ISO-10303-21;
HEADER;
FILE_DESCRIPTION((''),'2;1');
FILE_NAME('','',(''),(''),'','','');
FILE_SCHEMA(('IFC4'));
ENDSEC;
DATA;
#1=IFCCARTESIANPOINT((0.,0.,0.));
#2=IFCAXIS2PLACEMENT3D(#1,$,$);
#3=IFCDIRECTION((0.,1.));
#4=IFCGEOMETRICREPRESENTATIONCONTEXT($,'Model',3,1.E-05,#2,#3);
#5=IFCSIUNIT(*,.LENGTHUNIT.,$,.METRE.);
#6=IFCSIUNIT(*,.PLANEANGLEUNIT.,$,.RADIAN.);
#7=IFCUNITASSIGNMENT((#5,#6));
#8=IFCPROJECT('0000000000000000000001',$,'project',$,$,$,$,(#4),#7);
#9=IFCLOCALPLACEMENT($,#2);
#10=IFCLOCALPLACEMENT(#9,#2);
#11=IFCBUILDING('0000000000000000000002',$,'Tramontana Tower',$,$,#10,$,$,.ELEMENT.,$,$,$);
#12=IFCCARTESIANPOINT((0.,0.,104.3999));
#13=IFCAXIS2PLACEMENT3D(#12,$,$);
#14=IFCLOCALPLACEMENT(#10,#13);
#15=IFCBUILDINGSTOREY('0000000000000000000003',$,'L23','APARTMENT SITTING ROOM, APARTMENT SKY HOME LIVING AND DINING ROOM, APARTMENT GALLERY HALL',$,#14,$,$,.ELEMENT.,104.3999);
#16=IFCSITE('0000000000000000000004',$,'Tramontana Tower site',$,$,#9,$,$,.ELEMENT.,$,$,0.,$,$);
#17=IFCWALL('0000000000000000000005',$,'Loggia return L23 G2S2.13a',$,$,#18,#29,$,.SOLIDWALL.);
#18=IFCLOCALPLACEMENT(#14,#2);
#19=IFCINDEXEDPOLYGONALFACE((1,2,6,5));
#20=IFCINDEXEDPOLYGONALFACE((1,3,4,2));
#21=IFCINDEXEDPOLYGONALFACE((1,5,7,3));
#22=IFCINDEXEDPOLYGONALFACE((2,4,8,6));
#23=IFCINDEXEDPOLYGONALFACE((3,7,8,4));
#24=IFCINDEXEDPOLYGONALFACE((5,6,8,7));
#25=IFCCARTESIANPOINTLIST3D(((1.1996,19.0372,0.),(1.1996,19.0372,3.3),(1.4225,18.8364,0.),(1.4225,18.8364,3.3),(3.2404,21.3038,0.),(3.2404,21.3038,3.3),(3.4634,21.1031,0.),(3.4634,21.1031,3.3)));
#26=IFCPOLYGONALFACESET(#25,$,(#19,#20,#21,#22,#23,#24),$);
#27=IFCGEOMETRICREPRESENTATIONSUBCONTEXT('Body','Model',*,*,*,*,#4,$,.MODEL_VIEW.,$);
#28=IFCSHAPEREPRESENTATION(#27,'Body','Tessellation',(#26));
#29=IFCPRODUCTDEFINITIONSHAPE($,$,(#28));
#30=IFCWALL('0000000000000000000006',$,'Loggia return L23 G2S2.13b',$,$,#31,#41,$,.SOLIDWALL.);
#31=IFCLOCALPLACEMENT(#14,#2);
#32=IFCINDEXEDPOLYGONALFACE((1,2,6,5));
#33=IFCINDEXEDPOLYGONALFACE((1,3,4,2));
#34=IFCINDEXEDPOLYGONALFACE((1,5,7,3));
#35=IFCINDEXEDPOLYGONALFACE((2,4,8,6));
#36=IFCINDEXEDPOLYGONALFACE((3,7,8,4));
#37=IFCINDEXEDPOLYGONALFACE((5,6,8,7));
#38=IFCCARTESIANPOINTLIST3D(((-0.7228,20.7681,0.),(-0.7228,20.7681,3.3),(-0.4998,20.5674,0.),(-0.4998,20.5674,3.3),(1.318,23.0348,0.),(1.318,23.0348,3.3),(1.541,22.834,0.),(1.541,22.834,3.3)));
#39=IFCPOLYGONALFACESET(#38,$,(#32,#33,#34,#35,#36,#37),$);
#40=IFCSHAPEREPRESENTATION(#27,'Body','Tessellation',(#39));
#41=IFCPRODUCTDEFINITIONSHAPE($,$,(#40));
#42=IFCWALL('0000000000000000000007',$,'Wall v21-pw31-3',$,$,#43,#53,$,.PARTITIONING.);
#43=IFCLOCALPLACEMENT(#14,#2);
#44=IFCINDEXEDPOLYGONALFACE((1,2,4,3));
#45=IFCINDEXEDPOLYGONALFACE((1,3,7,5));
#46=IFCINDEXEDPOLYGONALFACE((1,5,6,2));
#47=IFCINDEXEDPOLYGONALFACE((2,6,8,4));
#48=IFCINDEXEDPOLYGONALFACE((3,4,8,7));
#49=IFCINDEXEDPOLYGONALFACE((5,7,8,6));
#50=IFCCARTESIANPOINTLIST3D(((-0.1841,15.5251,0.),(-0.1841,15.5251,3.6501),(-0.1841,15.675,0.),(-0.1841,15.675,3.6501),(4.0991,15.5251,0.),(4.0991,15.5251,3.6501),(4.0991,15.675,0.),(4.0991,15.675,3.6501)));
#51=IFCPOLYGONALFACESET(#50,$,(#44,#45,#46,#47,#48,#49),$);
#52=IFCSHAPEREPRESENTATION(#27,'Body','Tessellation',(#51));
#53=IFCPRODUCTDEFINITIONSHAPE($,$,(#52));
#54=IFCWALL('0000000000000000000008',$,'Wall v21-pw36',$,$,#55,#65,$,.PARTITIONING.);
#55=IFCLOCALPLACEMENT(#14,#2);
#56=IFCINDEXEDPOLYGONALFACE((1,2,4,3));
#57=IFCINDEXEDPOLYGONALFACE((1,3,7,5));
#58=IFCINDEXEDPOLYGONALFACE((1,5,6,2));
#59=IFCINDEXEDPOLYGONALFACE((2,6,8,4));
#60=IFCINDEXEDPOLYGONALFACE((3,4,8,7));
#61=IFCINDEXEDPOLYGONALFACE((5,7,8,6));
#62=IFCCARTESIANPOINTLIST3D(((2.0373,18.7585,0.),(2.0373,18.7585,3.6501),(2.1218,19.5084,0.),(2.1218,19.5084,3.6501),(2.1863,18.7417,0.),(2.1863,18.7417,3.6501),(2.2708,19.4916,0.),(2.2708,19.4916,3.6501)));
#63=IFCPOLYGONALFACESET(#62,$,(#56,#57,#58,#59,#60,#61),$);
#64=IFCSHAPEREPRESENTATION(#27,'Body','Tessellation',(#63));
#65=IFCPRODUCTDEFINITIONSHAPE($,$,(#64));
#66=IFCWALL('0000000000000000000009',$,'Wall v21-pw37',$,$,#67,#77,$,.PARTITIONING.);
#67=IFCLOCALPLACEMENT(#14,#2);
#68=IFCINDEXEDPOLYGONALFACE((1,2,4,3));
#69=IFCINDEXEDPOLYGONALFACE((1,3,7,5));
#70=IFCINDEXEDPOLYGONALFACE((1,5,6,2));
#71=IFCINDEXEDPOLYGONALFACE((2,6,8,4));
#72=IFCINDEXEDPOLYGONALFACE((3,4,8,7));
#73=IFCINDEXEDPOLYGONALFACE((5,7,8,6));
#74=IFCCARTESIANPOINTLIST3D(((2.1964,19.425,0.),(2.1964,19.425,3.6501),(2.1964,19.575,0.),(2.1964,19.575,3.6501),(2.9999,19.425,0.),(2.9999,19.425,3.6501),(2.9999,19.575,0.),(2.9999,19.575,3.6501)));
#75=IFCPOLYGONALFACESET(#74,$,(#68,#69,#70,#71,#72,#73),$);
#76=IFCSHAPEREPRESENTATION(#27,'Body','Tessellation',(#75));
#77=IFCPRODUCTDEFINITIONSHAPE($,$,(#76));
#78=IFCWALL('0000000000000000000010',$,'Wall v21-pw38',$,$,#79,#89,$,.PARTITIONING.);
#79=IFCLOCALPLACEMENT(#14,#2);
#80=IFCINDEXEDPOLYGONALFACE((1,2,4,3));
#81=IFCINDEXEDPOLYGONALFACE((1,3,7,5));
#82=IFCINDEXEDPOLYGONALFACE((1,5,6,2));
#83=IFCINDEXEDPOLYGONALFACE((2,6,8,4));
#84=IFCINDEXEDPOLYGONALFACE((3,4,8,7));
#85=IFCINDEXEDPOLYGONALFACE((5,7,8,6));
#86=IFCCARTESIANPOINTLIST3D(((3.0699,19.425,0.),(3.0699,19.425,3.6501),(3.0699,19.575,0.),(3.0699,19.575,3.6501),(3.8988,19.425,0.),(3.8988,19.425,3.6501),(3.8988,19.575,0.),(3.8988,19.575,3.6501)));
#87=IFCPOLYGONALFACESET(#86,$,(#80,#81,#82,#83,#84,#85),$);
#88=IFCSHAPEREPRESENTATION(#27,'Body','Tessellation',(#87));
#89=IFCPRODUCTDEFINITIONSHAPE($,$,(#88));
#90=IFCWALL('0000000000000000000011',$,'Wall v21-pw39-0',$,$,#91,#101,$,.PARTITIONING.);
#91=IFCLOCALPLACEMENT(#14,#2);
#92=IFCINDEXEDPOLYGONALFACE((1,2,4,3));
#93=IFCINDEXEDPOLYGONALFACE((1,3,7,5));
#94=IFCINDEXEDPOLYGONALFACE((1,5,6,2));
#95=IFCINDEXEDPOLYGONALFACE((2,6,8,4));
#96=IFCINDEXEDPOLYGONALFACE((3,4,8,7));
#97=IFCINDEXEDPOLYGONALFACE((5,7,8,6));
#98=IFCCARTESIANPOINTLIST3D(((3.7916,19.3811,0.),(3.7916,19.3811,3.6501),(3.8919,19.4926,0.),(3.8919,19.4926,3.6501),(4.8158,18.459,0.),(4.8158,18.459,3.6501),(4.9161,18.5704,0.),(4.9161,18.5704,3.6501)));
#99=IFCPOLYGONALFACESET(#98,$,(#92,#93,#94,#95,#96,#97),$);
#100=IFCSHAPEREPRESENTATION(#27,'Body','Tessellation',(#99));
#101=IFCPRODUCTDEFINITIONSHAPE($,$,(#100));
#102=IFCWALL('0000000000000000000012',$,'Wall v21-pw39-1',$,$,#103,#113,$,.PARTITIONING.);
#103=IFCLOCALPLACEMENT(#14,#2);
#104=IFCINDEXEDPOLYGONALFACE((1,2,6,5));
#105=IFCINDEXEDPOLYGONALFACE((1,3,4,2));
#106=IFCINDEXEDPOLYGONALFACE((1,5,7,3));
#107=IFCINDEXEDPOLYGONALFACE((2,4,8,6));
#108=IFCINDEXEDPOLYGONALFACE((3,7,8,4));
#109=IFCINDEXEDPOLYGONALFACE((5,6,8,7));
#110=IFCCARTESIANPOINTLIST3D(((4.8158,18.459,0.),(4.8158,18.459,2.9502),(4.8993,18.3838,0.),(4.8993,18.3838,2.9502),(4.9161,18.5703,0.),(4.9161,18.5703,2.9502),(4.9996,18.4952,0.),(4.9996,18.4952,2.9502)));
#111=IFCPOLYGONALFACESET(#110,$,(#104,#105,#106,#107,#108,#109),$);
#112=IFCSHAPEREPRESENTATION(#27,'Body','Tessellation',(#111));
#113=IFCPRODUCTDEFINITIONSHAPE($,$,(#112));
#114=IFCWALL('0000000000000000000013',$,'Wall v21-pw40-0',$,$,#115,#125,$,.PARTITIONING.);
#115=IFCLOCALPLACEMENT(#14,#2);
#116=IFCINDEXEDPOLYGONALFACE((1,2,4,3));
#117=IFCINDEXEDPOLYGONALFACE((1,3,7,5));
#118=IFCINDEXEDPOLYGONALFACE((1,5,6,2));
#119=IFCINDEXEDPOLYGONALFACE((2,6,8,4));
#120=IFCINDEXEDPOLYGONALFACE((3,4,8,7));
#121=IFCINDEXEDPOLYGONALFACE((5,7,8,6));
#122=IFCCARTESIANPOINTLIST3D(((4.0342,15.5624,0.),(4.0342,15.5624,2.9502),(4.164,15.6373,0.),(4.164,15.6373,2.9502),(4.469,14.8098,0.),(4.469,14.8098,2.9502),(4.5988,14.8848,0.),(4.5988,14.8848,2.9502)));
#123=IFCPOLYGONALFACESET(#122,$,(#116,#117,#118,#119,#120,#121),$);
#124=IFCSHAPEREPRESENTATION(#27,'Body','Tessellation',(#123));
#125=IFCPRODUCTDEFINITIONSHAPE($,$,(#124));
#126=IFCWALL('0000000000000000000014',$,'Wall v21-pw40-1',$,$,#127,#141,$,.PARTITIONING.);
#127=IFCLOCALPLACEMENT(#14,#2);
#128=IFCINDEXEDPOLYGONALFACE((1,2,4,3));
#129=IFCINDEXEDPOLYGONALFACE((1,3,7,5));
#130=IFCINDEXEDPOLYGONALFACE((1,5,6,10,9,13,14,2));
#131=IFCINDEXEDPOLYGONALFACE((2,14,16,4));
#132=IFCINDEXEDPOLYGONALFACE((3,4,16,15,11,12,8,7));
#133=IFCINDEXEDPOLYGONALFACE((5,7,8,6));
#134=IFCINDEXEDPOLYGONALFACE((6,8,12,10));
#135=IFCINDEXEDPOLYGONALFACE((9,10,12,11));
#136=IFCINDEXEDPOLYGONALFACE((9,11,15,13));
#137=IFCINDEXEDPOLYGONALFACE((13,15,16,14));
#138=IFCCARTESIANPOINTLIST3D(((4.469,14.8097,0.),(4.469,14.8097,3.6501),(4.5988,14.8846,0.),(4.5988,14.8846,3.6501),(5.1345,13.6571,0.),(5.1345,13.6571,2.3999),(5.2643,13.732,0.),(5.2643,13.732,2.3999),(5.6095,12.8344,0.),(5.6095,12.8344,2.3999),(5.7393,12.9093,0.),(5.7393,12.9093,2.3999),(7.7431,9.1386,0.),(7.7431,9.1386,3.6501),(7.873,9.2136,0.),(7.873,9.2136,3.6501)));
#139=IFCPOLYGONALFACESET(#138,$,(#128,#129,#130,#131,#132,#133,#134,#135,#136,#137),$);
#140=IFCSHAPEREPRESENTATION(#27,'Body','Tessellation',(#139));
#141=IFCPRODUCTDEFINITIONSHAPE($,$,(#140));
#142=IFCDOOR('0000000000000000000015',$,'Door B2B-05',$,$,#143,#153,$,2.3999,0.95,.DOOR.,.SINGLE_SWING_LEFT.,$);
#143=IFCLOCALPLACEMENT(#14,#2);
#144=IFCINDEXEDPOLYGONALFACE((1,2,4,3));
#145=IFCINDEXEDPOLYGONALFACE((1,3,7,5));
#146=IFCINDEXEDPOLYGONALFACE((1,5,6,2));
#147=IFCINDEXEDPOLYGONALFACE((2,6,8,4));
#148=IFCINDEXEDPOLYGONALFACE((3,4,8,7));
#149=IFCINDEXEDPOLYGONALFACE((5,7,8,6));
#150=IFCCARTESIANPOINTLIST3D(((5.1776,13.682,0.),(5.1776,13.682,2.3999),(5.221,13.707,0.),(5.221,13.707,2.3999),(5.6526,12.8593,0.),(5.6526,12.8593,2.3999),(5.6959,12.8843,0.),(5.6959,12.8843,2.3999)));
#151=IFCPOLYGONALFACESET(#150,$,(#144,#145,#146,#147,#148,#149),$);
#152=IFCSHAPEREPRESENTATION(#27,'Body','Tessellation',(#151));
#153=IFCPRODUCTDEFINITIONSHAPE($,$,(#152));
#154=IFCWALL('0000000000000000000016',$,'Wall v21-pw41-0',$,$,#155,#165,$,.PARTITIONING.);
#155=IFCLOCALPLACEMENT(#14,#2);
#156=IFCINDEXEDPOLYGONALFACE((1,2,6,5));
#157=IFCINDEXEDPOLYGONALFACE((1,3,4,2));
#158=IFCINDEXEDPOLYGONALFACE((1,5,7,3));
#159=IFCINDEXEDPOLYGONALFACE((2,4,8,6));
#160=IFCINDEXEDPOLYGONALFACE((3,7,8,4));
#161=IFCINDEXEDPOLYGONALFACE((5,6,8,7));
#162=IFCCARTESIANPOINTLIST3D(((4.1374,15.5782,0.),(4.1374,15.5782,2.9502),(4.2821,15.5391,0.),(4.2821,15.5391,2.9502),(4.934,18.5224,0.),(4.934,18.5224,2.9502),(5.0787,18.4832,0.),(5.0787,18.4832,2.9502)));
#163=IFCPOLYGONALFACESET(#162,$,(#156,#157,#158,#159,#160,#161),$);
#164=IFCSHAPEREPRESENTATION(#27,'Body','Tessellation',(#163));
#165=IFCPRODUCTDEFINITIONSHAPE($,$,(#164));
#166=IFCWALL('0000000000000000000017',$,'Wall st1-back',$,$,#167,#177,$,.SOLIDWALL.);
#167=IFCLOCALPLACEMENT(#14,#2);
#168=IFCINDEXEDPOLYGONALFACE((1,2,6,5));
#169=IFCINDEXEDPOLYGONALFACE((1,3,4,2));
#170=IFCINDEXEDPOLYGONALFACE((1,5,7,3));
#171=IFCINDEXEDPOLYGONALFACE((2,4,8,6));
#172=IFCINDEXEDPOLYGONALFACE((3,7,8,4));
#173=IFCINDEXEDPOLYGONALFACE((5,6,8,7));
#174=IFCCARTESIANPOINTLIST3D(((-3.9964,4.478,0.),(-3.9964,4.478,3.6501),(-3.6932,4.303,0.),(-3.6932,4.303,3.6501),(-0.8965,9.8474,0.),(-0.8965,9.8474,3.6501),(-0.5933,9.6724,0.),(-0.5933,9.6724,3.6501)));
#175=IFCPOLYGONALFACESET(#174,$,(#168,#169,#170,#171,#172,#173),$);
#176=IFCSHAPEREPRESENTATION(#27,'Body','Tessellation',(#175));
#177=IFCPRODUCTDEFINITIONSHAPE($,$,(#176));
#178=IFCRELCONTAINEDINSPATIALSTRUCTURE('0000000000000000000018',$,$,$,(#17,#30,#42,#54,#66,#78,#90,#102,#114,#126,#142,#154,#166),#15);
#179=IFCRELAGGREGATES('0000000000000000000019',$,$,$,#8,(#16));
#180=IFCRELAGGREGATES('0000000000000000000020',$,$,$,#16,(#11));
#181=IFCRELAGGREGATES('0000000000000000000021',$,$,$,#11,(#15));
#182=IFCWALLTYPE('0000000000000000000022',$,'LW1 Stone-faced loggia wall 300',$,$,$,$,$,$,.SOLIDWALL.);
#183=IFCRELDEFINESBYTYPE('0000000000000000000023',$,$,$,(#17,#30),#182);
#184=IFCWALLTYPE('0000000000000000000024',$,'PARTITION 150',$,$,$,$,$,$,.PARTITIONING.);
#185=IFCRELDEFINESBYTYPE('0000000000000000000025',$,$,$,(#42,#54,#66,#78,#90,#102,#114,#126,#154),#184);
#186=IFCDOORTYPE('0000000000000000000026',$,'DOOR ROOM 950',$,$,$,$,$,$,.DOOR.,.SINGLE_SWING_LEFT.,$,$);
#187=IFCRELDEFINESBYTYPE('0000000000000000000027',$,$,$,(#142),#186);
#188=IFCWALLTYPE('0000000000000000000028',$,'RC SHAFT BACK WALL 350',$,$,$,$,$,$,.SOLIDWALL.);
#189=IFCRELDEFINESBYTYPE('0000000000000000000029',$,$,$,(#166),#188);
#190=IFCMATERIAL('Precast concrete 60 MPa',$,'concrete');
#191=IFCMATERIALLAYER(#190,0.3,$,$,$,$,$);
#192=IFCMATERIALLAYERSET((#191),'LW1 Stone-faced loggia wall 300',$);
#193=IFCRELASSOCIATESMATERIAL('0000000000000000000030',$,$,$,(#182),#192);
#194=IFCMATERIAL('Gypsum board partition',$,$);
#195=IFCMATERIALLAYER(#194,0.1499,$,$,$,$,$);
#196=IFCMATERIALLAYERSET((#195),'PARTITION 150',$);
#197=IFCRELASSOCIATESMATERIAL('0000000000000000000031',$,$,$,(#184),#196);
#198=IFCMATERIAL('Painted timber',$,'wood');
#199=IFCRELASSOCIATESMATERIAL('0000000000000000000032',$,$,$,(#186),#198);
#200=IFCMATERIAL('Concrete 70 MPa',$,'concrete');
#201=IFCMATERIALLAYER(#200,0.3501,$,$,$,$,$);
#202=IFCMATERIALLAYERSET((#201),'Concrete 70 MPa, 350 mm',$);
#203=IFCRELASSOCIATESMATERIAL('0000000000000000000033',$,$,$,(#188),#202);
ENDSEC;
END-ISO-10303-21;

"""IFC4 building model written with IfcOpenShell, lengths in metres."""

from ifc_helpers import new_model, si_unit, direction, frame, frame_2d, origin, place, context, subcontext, project, spatial, rectangle, extrude, material, layer, layer_set, type_object, element, fill, save


model = new_model("IFC4")

# Units and contexts
model_context = context("Model", 3, precision=1e-05, world=origin(), true_north=direction((0.0, 1.0)))
body_context = subcontext(model_context, "Body", "Model", "MODEL_VIEW")
ifc_project = project(units=[si_unit("LENGTHUNIT", "METRE"), si_unit("PLANEANGLEUNIT", "RADIAN")], contexts=[model_context])

# Site, building, storey
site_placement = place(None, origin())
site = spatial("IfcSite", under=ifc_project, at=site_placement, Name="Tramontana Tower site", CompositionType="ELEMENT", RefElevation=0.0)
building_placement = place(site_placement, origin())
building = spatial("IfcBuilding", under=site, at=building_placement, Name="Tramontana Tower", CompositionType="ELEMENT")
storey_placement = place(building_placement, frame((0.0, 0.0, 104.3999)))
storey = spatial("IfcBuildingStorey", under=building, at=storey_placement, Name="L23", Description="APARTMENT SITTING ROOM, APARTMENT SKY HOME LIVING AND DINING ROOM, APARTMENT GALLERY HALL", CompositionType="ELEMENT", Elevation=104.3999)

# Shared definitions
ifc_material_1 = material(Name="Precast concrete 60 MPa", Category="concrete")
ifc_layer_1 = layer(ifc_material_1, 0.3)
ifc_layer_set_1 = layer_set([ifc_layer_1], Name="LW1 Stone-faced loggia wall 300")
wall_type_1 = type_object("IfcWallType", Name="LW1 Stone-faced loggia wall 300", PredefinedType="SOLIDWALL", material=ifc_layer_set_1)

# Walls
for number, where, z_axis, x_axis, name in (
    (1, (3.3518, 21.2034, 0.0), (0.0, 0.0, 1.0), (-0.669115, -0.743159, 0.0), "Loggia return L23 G2S2.13a"),
    (2, (1.4294, 22.9343, 0.0), (0.0, 0.0, 1.0), (-0.669115, -0.743159, 0.0), "Loggia return L23 G2S2.13b"),
):
    element("IfcWall", number, at=place(storey_placement, frame(where, z_axis=z_axis, x_axis=x_axis)), inside=storey, type_object=wall_type_1, Name=name, PredefinedType="SOLIDWALL", context=body_context, shape_type="SweptSolid", body=[
        extrude(rectangle(XDim=3.05, YDim=0.3, at=frame_2d((1.5249, 0.0))), origin(), (0.0, 0.0, 1.0), 3.3),
    ])
ifc_material_2 = material(Name="Gypsum board partition")
ifc_layer_2 = layer(ifc_material_2, 0.1499)
ifc_layer_set_2 = layer_set([ifc_layer_2], Name="PARTITION 150")
wall_type_2 = type_object("IfcWallType", Name="PARTITION 150", PredefinedType="PARTITIONING", material=ifc_layer_set_2)
wall_1_placement = place(storey_placement, frame((-0.1841, 15.6001, 0.0), z_axis=(0.0, 0.0, 1.0), x_axis=(1.0, 0.0, 0.0)))
element("IfcWall", 3, at=wall_1_placement, inside=storey, type_object=wall_type_2, Name="Wall v21-pw31-3", PredefinedType="PARTITIONING", context=body_context, shape_type="SweptSolid", body=[
    extrude(rectangle(XDim=4.2832, YDim=0.1499, at=frame_2d((2.1416, 0.0))), origin(), (0.0, 0.0, 1.0), 3.6501),
])

# Walls
wall_2_placement = place(storey_placement, frame((2.1118, 18.75, 0.0), z_axis=(0.0, 0.0, 1.0), x_axis=(0.111923, 0.993717, 0.0)))
element("IfcWall", 4, at=wall_2_placement, inside=storey, type_object=wall_type_2, Name="Wall v21-pw36", PredefinedType="PARTITIONING", context=body_context, shape_type="SweptSolid", body=[
    extrude(rectangle(XDim=0.7546, YDim=0.1499, at=frame_2d((0.3774, 0.0))), origin(), (0.0, 0.0, 1.0), 3.6501),
])
wall_3_placement = place(storey_placement, frame((2.1963, 19.5, 0.0), z_axis=(0.0, 0.0, 1.0), x_axis=(1.0, 0.0, 0.0)))
element("IfcWall", 5, at=wall_3_placement, inside=storey, type_object=wall_type_2, Name="Wall v21-pw37", PredefinedType="PARTITIONING", context=body_context, shape_type="SweptSolid", body=[
    extrude(rectangle(XDim=0.8035, YDim=0.1499, at=frame_2d((0.4019, 0.0))), origin(), (0.0, 0.0, 1.0), 3.6501),
])
wall_4_placement = place(storey_placement, frame((3.0698, 19.5, 0.0), z_axis=(0.0, 0.0, 1.0), x_axis=(1.0, 0.0, 0.0)))
element("IfcWall", 6, at=wall_4_placement, inside=storey, type_object=wall_type_2, Name="Wall v21-pw38", PredefinedType="PARTITIONING", context=body_context, shape_type="SweptSolid", body=[
    extrude(rectangle(XDim=0.8289, YDim=0.1499, at=frame_2d((0.4146, 0.0))), origin(), (0.0, 0.0, 1.0), 3.6501),
])
wall_5_placement = place(storey_placement, frame((3.8418, 19.4368, 0.0), z_axis=(0.0, 0.0, 1.0), x_axis=(0.743162, -0.669112, 0.0)))
element("IfcWall", 7, at=wall_5_placement, inside=storey, type_object=wall_type_2, Name="Wall v21-pw39-0", PredefinedType="PARTITIONING", context=body_context, shape_type="SweptSolid", body=[
    extrude(rectangle(XDim=1.3782, YDim=0.1499, at=frame_2d((0.689, 0.0))), origin(), (0.0, 0.0, 1.0), 3.6501),
])
wall_6_placement = place(storey_placement, frame((4.866, 18.5146, 0.0), z_axis=(0.0, 0.0, 1.0), x_axis=(0.743078, -0.669205, 0.0)))
element("IfcWall", 8, at=wall_6_placement, inside=storey, type_object=wall_type_2, Name="Wall v21-pw39-1", PredefinedType="PARTITIONING", context=body_context, shape_type="SweptSolid", body=[
    extrude(rectangle(XDim=0.1123, YDim=0.1499, at=frame_2d((0.0562, 0.0))), origin(), (0.0, 0.0, 1.0), 2.9502),
])
wall_7_placement = place(storey_placement, frame((4.0991, 15.5999, 0.0), z_axis=(0.0, 0.0, 1.0), x_axis=(0.500217, -0.8659, 0.0)))
element("IfcWall", 9, at=wall_7_placement, inside=storey, type_object=wall_type_2, Name="Wall v21-pw40-0", PredefinedType="PARTITIONING", context=body_context, shape_type="SweptSolid", body=[
    extrude(rectangle(XDim=0.8691, YDim=0.1499, at=frame_2d((0.4346, 0.0))), origin(), (0.0, 0.0, 1.0), 2.9502),
])

# Wall, opening, door
wall_8_placement = place(storey_placement, frame((4.5339, 14.8472, 0.0), z_axis=(0.0, 0.0, 1.0), x_axis=(0.499992, -0.86603, 0.0)))
wall_8 = element("IfcWall", 10, at=wall_8_placement, inside=storey, type_object=wall_type_2, Name="Wall v21-pw40-1", PredefinedType="PARTITIONING", context=body_context, shape_type="SweptSolid", body=[
    extrude(rectangle(XDim=6.5483, YDim=0.1499, at=frame_2d((3.2742, 0.0))), origin(), (0.0, 0.0, 1.0), 3.6501),
])
opening_1_placement = place(wall_8_placement, frame((1.3308, 0.0, 0.0)))
opening_1 = element("IfcOpeningElement", 11, at=opening_1_placement, cuts=wall_8, PredefinedType="OPENING", context=body_context, shape_type="SweptSolid", body=[
    extrude(rectangle(XDim=0.95, YDim=2.3999, at=frame_2d((0.4751, 1.2))), frame((0.0, 0.085, 0.0), z_axis=(0.0, -1.0, 0.0), x_axis=(1.0, 0.0, 0.0)), (0.0, 0.0, 1.0), 0.1699),
])
ifc_material_3 = material(Name="Painted timber", Category="wood")
door_type_1 = type_object("IfcDoorType", Name="DOOR ROOM 950", OperationType="SINGLE_SWING_LEFT", PredefinedType="DOOR", material=ifc_material_3)
door_1_placement = place(opening_1_placement, origin())
door_1 = element("IfcDoor", 12, at=door_1_placement, inside=storey, type_object=door_type_1, Name="Door B2B-05", OperationType="SINGLE_SWING_LEFT", OverallHeight=2.3999, OverallWidth=0.95, PredefinedType="DOOR", context=body_context, shape_type="SweptSolid", body=[
    extrude(rectangle(XDim=0.95, YDim=2.3999, at=frame_2d((0.4751, 1.2))), frame((0.0, 0.0249, 0.0), z_axis=(0.0, -1.0, 0.0), x_axis=(1.0, 0.0, 0.0)), (0.0, 0.0, 1.0), 0.05),
])
fill(opening_1, door_1)

# Walls
wall_9_placement = place(storey_placement, frame((5.0063, 18.5027, 0.0), z_axis=(0.0, 0.0, 1.0), x_axis=(-0.261193, -0.965287, 0.0)))
element("IfcWall", 13, at=wall_9_placement, inside=storey, type_object=wall_type_2, Name="Wall v21-pw41-0", PredefinedType="PARTITIONING", context=body_context, shape_type="SweptSolid", body=[
    extrude(rectangle(XDim=3.05, YDim=0.1499, at=frame_2d((1.5249, 0.0))), origin(), (0.0, 0.0, 1.0), 2.9502),
])
ifc_material_4 = material(Name="Concrete 70 MPa", Category="concrete")
ifc_layer_3 = layer(ifc_material_4, 0.3501)
ifc_layer_set_3 = layer_set([ifc_layer_3], Name="Concrete 70 MPa, 350 mm")
wall_type_3 = type_object("IfcWallType", Name="RC SHAFT BACK WALL 350", PredefinedType="SOLIDWALL", material=ifc_layer_set_3)
wall_10_placement = place(storey_placement, frame((-0.7449, 9.76, 0.0), z_axis=(0.0, 0.0, 1.0), x_axis=(-0.49998, -0.866037, 0.0)))
element("IfcWall", 14, at=wall_10_placement, inside=storey, type_object=wall_type_3, Name="Wall st1-back", PredefinedType="SOLIDWALL", context=body_context, shape_type="SweptSolid", body=[
    extrude(rectangle(XDim=6.2, YDim=0.3501, at=frame_2d((3.1001, 0.0))), origin(), (0.0, 0.0, 1.0), 3.6501),
])

save(model, "model.ifc")
